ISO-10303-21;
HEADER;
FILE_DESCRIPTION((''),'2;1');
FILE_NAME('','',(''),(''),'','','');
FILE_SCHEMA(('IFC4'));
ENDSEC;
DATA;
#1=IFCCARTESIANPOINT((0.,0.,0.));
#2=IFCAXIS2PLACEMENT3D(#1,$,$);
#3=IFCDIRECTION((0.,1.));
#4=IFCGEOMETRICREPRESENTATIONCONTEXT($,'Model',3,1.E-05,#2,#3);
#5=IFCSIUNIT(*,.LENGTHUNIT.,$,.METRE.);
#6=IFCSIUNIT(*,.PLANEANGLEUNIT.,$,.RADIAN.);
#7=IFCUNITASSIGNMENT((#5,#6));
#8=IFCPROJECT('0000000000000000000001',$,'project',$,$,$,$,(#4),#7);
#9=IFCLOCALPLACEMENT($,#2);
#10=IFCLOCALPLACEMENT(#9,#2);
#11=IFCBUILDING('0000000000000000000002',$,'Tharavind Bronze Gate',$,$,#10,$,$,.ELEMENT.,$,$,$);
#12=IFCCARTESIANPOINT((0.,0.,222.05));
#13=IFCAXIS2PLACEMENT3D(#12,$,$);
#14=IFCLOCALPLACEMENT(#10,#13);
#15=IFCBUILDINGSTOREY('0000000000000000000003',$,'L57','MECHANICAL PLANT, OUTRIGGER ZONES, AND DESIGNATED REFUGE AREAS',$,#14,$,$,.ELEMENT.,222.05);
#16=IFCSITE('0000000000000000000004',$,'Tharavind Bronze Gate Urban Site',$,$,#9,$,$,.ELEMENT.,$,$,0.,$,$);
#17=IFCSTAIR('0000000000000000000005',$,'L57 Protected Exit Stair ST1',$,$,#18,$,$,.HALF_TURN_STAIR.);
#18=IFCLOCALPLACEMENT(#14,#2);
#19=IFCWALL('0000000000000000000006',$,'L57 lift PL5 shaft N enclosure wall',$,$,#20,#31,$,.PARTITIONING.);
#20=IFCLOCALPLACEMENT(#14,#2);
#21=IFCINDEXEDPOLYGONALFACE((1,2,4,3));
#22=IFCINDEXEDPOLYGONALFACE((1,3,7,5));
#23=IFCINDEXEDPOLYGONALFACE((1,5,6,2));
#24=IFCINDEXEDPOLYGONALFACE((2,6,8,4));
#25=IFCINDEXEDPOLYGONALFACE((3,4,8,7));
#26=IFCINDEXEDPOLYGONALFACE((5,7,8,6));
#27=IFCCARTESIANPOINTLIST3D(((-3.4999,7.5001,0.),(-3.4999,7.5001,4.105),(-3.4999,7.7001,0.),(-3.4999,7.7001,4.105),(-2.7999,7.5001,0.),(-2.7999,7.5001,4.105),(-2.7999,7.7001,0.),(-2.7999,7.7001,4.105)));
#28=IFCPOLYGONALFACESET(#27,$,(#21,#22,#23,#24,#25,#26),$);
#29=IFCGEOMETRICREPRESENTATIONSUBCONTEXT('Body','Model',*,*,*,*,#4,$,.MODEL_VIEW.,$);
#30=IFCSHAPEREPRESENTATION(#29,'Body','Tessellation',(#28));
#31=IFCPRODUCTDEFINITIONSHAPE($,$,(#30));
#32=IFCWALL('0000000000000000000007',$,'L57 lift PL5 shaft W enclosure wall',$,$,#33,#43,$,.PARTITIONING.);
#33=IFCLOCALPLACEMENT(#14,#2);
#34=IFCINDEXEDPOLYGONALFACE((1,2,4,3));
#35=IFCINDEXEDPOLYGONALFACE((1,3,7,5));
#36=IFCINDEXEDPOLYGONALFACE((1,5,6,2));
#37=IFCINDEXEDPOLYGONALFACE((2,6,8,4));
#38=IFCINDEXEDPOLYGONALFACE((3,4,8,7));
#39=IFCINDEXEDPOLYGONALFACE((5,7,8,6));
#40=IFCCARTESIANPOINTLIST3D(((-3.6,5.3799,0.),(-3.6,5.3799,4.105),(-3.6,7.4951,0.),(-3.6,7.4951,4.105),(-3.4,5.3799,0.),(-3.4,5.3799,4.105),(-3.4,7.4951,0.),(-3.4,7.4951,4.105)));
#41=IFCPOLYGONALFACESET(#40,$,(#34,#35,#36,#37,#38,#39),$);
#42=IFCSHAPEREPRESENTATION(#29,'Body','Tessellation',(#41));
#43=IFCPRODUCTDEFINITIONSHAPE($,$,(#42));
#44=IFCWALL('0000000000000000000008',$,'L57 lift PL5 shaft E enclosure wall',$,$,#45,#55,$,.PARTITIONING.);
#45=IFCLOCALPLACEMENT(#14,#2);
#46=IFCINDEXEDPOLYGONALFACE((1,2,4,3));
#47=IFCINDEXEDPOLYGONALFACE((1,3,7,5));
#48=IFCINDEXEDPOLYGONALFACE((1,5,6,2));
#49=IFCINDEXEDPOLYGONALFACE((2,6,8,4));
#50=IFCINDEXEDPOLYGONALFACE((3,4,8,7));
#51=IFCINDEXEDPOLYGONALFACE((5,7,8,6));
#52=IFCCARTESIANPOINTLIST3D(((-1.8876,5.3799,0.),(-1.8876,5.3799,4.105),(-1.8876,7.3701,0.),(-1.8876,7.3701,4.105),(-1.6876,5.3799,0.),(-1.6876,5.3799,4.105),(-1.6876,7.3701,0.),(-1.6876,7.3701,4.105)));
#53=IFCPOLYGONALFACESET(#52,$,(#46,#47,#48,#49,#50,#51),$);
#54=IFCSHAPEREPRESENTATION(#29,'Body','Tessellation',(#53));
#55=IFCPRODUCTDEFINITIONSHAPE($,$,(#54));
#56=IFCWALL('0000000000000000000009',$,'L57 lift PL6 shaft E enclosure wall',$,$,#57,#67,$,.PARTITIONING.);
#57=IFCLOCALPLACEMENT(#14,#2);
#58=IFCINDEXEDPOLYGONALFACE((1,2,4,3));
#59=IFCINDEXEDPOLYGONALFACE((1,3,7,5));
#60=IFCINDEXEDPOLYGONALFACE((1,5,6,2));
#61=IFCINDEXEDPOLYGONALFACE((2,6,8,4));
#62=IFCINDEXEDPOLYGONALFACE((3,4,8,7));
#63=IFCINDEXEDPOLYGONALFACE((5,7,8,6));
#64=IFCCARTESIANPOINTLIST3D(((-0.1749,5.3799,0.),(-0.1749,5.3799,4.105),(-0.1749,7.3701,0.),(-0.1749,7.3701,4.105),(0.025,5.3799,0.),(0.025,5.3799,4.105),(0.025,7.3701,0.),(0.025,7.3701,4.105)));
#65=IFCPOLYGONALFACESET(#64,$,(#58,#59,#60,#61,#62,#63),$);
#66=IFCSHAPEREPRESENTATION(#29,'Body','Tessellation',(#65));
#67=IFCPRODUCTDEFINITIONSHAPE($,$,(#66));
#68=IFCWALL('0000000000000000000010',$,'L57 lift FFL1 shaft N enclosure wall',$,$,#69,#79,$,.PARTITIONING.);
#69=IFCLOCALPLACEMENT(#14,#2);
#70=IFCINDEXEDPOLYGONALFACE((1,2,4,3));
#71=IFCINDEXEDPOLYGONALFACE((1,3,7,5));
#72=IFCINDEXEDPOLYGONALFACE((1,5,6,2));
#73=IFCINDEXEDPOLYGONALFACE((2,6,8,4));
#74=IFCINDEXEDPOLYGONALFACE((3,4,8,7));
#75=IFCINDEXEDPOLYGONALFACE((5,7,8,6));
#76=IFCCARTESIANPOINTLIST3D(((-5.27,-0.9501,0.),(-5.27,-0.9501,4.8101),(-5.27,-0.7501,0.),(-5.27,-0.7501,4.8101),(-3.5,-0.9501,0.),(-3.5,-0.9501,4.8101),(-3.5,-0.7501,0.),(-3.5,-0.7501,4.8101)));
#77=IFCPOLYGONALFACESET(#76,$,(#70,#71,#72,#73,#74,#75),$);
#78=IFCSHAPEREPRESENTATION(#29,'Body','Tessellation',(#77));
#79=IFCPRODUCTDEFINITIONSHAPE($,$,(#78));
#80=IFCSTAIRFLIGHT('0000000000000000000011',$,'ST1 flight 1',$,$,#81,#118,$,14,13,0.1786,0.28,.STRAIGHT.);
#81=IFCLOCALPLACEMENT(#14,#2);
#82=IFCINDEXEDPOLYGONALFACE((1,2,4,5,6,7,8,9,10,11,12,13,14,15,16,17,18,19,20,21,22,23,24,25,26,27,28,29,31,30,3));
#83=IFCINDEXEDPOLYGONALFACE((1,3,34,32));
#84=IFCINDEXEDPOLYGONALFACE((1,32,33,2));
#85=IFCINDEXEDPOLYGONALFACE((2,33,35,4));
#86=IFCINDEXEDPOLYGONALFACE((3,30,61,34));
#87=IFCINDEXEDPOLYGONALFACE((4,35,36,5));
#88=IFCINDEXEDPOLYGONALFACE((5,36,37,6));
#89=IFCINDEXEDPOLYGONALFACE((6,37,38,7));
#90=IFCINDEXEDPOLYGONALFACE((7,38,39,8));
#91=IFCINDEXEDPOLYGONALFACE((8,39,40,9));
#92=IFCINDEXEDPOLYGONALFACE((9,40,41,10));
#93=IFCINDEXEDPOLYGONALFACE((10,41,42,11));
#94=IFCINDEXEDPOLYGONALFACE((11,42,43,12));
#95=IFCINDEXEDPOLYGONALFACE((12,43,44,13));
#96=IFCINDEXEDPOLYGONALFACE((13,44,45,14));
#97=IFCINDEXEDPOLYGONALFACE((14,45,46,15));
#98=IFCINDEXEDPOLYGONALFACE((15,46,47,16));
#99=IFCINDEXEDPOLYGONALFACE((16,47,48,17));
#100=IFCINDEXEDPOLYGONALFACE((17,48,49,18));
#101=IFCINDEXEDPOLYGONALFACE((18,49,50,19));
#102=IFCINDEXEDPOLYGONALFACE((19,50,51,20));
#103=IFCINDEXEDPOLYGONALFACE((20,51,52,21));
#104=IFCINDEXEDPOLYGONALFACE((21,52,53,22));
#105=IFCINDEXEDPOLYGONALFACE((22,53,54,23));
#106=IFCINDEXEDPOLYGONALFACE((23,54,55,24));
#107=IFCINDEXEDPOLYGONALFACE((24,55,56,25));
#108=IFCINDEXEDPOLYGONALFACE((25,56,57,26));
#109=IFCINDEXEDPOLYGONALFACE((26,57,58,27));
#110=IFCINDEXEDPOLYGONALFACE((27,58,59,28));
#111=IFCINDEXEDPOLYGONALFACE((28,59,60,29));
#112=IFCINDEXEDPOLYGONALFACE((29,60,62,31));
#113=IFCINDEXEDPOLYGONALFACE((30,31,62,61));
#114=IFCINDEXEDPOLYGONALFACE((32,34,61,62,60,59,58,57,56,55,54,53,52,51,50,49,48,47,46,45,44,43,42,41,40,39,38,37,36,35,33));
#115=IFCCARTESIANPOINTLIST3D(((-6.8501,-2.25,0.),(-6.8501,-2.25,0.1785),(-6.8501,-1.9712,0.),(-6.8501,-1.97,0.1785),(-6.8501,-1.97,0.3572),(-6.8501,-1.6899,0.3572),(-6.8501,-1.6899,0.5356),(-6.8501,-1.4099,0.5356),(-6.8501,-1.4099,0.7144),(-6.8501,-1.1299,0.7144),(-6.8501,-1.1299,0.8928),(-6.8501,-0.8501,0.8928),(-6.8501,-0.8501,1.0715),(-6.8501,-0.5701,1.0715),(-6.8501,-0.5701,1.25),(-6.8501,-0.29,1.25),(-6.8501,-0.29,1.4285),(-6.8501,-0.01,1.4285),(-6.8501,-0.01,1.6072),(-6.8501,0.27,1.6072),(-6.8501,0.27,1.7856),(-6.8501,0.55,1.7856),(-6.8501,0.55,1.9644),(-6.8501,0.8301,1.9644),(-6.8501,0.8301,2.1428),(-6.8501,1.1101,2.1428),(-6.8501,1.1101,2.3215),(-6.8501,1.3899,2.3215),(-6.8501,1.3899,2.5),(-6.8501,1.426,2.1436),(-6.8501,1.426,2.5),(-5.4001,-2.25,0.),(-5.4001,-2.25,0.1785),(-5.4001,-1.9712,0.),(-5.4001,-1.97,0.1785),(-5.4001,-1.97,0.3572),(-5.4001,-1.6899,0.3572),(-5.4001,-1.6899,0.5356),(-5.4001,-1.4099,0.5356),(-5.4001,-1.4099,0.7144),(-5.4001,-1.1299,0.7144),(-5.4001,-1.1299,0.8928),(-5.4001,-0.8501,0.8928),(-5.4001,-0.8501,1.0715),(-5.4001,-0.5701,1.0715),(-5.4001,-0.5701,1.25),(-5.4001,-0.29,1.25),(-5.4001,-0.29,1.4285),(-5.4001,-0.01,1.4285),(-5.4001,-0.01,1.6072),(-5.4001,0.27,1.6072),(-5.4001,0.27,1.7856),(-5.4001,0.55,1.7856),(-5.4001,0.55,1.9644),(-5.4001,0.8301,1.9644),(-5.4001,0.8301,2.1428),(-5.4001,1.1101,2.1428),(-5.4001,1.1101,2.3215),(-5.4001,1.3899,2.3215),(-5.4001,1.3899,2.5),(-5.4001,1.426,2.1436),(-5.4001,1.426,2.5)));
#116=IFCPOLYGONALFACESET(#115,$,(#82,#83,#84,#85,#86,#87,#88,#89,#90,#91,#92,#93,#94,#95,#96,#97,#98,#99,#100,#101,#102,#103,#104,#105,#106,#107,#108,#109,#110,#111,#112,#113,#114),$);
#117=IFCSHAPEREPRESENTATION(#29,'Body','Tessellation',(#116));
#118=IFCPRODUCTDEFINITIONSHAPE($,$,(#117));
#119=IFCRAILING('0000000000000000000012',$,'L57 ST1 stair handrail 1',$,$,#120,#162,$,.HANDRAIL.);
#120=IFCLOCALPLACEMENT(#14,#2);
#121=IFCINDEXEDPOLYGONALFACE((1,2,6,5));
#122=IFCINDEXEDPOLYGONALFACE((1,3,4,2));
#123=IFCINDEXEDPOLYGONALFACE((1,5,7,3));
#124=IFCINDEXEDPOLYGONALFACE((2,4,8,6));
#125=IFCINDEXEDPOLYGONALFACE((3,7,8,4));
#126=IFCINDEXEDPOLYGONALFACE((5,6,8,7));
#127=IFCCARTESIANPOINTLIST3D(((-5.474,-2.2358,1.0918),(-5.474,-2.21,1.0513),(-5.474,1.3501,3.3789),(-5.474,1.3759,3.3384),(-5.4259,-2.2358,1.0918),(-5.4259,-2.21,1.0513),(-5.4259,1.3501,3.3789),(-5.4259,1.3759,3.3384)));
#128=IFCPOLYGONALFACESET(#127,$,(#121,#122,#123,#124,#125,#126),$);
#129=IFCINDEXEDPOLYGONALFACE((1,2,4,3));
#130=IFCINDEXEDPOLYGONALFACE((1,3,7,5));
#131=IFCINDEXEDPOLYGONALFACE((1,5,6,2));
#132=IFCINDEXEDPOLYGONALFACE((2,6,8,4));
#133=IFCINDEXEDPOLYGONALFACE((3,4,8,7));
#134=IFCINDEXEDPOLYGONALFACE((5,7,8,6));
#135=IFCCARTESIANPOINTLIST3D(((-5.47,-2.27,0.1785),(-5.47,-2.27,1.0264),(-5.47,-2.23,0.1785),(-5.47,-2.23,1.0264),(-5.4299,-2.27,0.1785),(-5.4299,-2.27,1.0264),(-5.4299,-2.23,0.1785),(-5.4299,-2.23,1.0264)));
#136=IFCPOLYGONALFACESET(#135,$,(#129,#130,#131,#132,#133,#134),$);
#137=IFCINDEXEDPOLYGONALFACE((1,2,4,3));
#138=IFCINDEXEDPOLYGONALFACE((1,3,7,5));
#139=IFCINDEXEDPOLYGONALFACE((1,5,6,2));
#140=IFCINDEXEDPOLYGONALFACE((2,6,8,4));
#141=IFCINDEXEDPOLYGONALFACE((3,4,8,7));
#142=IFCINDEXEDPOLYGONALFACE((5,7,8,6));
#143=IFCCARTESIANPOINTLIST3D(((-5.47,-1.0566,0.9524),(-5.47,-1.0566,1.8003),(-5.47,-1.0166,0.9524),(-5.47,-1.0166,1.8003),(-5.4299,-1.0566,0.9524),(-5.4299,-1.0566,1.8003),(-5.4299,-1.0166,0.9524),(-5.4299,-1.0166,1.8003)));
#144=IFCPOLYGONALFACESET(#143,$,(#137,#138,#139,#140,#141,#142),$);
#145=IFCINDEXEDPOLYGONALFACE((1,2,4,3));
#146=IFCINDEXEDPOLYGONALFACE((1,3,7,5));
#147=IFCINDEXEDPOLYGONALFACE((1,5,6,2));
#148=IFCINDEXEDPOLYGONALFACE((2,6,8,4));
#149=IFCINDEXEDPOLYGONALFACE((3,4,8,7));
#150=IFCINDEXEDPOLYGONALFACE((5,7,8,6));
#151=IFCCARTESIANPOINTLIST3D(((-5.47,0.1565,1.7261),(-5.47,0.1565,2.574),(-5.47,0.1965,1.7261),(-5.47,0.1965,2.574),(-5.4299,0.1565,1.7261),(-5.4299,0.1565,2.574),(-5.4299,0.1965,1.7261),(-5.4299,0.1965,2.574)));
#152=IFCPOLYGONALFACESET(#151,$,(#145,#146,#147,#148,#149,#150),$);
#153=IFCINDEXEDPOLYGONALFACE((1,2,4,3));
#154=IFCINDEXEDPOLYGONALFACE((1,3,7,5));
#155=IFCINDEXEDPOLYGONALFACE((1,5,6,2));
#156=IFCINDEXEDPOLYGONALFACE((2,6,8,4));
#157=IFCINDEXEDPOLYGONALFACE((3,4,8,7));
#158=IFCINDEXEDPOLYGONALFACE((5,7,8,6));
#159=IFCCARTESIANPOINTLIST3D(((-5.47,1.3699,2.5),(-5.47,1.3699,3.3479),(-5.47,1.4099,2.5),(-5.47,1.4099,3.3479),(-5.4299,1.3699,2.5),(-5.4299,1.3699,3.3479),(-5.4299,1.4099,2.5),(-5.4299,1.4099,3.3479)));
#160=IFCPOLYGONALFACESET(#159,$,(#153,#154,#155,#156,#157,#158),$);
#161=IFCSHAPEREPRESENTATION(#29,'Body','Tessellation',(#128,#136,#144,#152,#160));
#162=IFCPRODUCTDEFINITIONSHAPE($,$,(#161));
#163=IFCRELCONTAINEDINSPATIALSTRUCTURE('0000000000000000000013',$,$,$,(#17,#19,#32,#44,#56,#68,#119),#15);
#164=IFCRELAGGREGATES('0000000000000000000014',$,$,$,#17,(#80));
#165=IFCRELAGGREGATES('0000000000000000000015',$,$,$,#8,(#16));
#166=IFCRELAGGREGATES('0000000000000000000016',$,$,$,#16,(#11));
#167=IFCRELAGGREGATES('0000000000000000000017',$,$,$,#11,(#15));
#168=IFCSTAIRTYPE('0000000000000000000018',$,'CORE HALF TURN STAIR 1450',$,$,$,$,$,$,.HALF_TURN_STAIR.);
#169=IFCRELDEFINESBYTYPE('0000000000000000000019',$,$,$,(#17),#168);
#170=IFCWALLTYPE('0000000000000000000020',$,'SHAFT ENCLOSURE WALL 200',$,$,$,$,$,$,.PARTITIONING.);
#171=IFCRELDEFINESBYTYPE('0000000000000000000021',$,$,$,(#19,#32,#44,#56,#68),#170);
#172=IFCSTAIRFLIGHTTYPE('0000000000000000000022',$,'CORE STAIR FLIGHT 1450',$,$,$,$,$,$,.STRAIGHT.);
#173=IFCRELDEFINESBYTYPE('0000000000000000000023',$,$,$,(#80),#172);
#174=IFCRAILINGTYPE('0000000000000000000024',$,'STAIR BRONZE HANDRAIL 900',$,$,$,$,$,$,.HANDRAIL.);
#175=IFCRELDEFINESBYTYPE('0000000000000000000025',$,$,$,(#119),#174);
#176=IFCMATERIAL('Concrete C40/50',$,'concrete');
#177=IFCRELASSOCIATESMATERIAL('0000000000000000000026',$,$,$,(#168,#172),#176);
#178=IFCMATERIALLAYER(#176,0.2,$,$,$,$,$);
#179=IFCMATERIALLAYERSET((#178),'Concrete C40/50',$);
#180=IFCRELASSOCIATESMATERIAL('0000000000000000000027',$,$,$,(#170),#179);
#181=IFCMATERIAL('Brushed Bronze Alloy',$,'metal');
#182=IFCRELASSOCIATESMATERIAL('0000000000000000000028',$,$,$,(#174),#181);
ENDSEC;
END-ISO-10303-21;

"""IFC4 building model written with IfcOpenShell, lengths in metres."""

from ifc_helpers import new_model, si_unit, direction, frame, frame_2d, origin, origin_2d, place, context, subcontext, project, spatial, polyline, rectangle, outline, extrude, material, layer, layer_set, type_object, element, aggregate, save


model = new_model("IFC4")

# Units and contexts
model_context = context("Model", 3, precision=1e-05, world=origin(), true_north=direction((0.0, 1.0)))
body_context = subcontext(model_context, "Body", "Model", "MODEL_VIEW")
ifc_project = project(units=[si_unit("LENGTHUNIT", "METRE"), si_unit("PLANEANGLEUNIT", "RADIAN")], contexts=[model_context])

# Site, building, storey
site_placement = place(None, origin())
site = spatial("IfcSite", under=ifc_project, at=site_placement, Name="Tharavind Bronze Gate Urban Site", CompositionType="ELEMENT", RefElevation=0.0)
building_placement = place(site_placement, origin())
building = spatial("IfcBuilding", under=site, at=building_placement, Name="Tharavind Bronze Gate", CompositionType="ELEMENT")
storey_placement = place(building_placement, frame((0.0, 0.0, 222.05)))
storey = spatial("IfcBuildingStorey", under=building, at=storey_placement, Name="L57", Description="MECHANICAL PLANT, OUTRIGGER ZONES, AND DESIGNATED REFUGE AREAS", CompositionType="ELEMENT", Elevation=222.05)

# Stair
ifc_material_1 = material(Name="Concrete C40/50", Category="concrete")
stair_type = type_object("IfcStairType", Name="CORE HALF TURN STAIR 1450", PredefinedType="HALF_TURN_STAIR", material=ifc_material_1)
stair_1_placement = place(storey_placement, origin())
stair_1 = element("IfcStair", 1, at=stair_1_placement, inside=storey, type_object=stair_type, Name="L57 Protected Exit Stair ST1", PredefinedType="HALF_TURN_STAIR")

# Walls
ifc_layer_1 = layer(ifc_material_1, 0.2)
ifc_layer_set_1 = layer_set([ifc_layer_1], Name="Concrete C40/50")
wall_type_1 = type_object("IfcWallType", Name="SHAFT ENCLOSURE WALL 200", PredefinedType="PARTITIONING", material=ifc_layer_set_1)
wall_1_placement = place(storey_placement, frame((-3.5, 7.6001, 0.0), z_axis=(0.0, 0.0, 1.0), x_axis=(1.0, 0.0, 0.0)))
element("IfcWall", 2, at=wall_1_placement, inside=storey, type_object=wall_type_1, Name="L57 lift PL5 shaft N enclosure wall", PredefinedType="PARTITIONING", context=body_context, shape_type="SweptSolid", body=[
    extrude(rectangle(XDim=0.7, YDim=0.2, at=frame_2d((0.3501, 0.0))), origin(), (0.0, 0.0, 1.0), 4.105),
])
wall_2_placement = place(storey_placement, frame((-3.5, 5.3799, 0.0), z_axis=(0.0, 0.0, 1.0), x_axis=(0.0, 1.0, 0.0)))
element("IfcWall", 3, at=wall_2_placement, inside=storey, type_object=wall_type_1, Name="L57 lift PL5 shaft W enclosure wall", PredefinedType="PARTITIONING", context=body_context, shape_type="SweptSolid", body=[
    extrude(rectangle(XDim=2.1152, YDim=0.2, at=frame_2d((1.0576, 0.0))), origin(), (0.0, 0.0, 1.0), 4.105),
])
for number, where, z_axis, x_axis, name in (
    (4, (-1.7876, 5.3799, 0.0), (0.0, 0.0, 1.0), (0.0, 1.0, 0.0), "L57 lift PL5 shaft E enclosure wall"),
    (5, (-0.075, 5.3799, 0.0), (0.0, 0.0, 1.0), (0.0, 1.0, 0.0), "L57 lift PL6 shaft E enclosure wall"),
):
    element("IfcWall", number, at=place(storey_placement, frame(where, z_axis=z_axis, x_axis=x_axis)), inside=storey, type_object=wall_type_1, Name=name, PredefinedType="PARTITIONING", context=body_context, shape_type="SweptSolid", body=[
        extrude(rectangle(XDim=1.9902, YDim=0.2, at=frame_2d((0.9951, 0.0))), origin(), (0.0, 0.0, 1.0), 4.105),
    ])
wall_3_placement = place(storey_placement, frame((-5.27, -0.8501, 0.0), z_axis=(0.0, 0.0, 1.0), x_axis=(1.0, 0.0, 0.0)))
element("IfcWall", 6, at=wall_3_placement, inside=storey, type_object=wall_type_1, Name="L57 lift FFL1 shaft N enclosure wall", PredefinedType="PARTITIONING", context=body_context, shape_type="SweptSolid", body=[
    extrude(rectangle(XDim=1.77, YDim=0.2, at=frame_2d((0.885, 0.0))), origin(), (0.0, 0.0, 1.0), 4.8101),
])

# Stair flight
stair_flight_type = type_object("IfcStairFlightType", Name="CORE STAIR FLIGHT 1450", PredefinedType="STRAIGHT", material=ifc_material_1)
stair_flight_placement = place(storey_placement, frame((-6.125, -2.25, 0.0), z_axis=(0.0, 0.0, 1.0), x_axis=(0.0, 1.0, 0.0)))
stair_flight = element("IfcStairFlight", 7, at=stair_flight_placement, type_object=stair_flight_type, Name="ST1 flight 1", NumberOfRisers=14, NumberOfTreads=13, PredefinedType="STRAIGHT", RiserHeight=0.1786, TreadLength=0.28, context=body_context, shape_type="SweptSolid", body=[
    extrude(outline(polyline([(0.0, 0.0), (0.0, 0.1785), (0.28, 0.1785), (0.28, 0.3572), (0.5601, 0.3572), (0.5601, 0.5356), (0.8401, 0.5356), (0.8401, 0.7144), (1.1201, 0.7144), (1.1201, 0.8928), (1.3999, 0.8928), (1.3999, 1.0715), (1.6799, 1.0715), (1.6799, 1.25), (1.96, 1.25), (1.96, 1.4285), (2.24, 1.4285), (2.24, 1.6072), (2.52, 1.6072), (2.52, 1.7856), (2.8, 1.7856), (2.8, 1.9644), (3.0801, 1.9644), (3.0801, 2.1428), (3.3601, 2.1428), (3.3601, 2.3215), (3.6399, 2.3215), (3.6399, 2.5), (3.676, 2.5), (3.676, 2.1436), (0.2788, 0.0), (0.0, 0.0)])), frame((0.0, 0.7251, 0.0), z_axis=(0.0, -1.0, 0.0), x_axis=(1.0, 0.0, 0.0)), (0.0, 0.0, 1.0), 1.45),
])
aggregate(stair_1, [stair_flight])

# Railing
ifc_material_2 = material(Name="Brushed Bronze Alloy", Category="metal")
railing_type = type_object("IfcRailingType", Name="STAIR BRONZE HANDRAIL 900", PredefinedType="HANDRAIL", material=ifc_material_2)
railing_placement = place(storey_placement, frame((-5.45, -2.25, 0.1785)))
element("IfcRailing", 8, at=railing_placement, inside=storey, type_object=railing_type, Name="L57 ST1 stair handrail 1", PredefinedType="HANDRAIL", context=body_context, shape_type="SweptSolid", body=[
    extrude(rectangle(XDim=0.0481, YDim=0.0481, at=origin_2d()), frame((0.0, 0.0271, 0.8931), z_axis=(0.0, 0.843112, 0.537739), x_axis=(-1.0, 0.0, 0.0)), (0.0, 0.0, 1.0), 4.2532),
    extrude(rectangle(XDim=0.04, YDim=0.04, at=origin_2d()), origin(), (0.0, 0.0, 1.0), 0.8479),
    extrude(rectangle(XDim=0.04, YDim=0.04, at=origin_2d()), frame((0.0, 1.2134, 0.7739)), (0.0, 0.0, 1.0), 0.8479),
    extrude(rectangle(XDim=0.04, YDim=0.04, at=origin_2d()), frame((0.0, 2.4265, 1.5476)), (0.0, 0.0, 1.0), 0.8479),
    extrude(rectangle(XDim=0.04, YDim=0.04, at=origin_2d()), frame((0.0, 3.6399, 2.3215)), (0.0, 0.0, 1.0), 0.8479),
])

save(model, "model.ifc")
